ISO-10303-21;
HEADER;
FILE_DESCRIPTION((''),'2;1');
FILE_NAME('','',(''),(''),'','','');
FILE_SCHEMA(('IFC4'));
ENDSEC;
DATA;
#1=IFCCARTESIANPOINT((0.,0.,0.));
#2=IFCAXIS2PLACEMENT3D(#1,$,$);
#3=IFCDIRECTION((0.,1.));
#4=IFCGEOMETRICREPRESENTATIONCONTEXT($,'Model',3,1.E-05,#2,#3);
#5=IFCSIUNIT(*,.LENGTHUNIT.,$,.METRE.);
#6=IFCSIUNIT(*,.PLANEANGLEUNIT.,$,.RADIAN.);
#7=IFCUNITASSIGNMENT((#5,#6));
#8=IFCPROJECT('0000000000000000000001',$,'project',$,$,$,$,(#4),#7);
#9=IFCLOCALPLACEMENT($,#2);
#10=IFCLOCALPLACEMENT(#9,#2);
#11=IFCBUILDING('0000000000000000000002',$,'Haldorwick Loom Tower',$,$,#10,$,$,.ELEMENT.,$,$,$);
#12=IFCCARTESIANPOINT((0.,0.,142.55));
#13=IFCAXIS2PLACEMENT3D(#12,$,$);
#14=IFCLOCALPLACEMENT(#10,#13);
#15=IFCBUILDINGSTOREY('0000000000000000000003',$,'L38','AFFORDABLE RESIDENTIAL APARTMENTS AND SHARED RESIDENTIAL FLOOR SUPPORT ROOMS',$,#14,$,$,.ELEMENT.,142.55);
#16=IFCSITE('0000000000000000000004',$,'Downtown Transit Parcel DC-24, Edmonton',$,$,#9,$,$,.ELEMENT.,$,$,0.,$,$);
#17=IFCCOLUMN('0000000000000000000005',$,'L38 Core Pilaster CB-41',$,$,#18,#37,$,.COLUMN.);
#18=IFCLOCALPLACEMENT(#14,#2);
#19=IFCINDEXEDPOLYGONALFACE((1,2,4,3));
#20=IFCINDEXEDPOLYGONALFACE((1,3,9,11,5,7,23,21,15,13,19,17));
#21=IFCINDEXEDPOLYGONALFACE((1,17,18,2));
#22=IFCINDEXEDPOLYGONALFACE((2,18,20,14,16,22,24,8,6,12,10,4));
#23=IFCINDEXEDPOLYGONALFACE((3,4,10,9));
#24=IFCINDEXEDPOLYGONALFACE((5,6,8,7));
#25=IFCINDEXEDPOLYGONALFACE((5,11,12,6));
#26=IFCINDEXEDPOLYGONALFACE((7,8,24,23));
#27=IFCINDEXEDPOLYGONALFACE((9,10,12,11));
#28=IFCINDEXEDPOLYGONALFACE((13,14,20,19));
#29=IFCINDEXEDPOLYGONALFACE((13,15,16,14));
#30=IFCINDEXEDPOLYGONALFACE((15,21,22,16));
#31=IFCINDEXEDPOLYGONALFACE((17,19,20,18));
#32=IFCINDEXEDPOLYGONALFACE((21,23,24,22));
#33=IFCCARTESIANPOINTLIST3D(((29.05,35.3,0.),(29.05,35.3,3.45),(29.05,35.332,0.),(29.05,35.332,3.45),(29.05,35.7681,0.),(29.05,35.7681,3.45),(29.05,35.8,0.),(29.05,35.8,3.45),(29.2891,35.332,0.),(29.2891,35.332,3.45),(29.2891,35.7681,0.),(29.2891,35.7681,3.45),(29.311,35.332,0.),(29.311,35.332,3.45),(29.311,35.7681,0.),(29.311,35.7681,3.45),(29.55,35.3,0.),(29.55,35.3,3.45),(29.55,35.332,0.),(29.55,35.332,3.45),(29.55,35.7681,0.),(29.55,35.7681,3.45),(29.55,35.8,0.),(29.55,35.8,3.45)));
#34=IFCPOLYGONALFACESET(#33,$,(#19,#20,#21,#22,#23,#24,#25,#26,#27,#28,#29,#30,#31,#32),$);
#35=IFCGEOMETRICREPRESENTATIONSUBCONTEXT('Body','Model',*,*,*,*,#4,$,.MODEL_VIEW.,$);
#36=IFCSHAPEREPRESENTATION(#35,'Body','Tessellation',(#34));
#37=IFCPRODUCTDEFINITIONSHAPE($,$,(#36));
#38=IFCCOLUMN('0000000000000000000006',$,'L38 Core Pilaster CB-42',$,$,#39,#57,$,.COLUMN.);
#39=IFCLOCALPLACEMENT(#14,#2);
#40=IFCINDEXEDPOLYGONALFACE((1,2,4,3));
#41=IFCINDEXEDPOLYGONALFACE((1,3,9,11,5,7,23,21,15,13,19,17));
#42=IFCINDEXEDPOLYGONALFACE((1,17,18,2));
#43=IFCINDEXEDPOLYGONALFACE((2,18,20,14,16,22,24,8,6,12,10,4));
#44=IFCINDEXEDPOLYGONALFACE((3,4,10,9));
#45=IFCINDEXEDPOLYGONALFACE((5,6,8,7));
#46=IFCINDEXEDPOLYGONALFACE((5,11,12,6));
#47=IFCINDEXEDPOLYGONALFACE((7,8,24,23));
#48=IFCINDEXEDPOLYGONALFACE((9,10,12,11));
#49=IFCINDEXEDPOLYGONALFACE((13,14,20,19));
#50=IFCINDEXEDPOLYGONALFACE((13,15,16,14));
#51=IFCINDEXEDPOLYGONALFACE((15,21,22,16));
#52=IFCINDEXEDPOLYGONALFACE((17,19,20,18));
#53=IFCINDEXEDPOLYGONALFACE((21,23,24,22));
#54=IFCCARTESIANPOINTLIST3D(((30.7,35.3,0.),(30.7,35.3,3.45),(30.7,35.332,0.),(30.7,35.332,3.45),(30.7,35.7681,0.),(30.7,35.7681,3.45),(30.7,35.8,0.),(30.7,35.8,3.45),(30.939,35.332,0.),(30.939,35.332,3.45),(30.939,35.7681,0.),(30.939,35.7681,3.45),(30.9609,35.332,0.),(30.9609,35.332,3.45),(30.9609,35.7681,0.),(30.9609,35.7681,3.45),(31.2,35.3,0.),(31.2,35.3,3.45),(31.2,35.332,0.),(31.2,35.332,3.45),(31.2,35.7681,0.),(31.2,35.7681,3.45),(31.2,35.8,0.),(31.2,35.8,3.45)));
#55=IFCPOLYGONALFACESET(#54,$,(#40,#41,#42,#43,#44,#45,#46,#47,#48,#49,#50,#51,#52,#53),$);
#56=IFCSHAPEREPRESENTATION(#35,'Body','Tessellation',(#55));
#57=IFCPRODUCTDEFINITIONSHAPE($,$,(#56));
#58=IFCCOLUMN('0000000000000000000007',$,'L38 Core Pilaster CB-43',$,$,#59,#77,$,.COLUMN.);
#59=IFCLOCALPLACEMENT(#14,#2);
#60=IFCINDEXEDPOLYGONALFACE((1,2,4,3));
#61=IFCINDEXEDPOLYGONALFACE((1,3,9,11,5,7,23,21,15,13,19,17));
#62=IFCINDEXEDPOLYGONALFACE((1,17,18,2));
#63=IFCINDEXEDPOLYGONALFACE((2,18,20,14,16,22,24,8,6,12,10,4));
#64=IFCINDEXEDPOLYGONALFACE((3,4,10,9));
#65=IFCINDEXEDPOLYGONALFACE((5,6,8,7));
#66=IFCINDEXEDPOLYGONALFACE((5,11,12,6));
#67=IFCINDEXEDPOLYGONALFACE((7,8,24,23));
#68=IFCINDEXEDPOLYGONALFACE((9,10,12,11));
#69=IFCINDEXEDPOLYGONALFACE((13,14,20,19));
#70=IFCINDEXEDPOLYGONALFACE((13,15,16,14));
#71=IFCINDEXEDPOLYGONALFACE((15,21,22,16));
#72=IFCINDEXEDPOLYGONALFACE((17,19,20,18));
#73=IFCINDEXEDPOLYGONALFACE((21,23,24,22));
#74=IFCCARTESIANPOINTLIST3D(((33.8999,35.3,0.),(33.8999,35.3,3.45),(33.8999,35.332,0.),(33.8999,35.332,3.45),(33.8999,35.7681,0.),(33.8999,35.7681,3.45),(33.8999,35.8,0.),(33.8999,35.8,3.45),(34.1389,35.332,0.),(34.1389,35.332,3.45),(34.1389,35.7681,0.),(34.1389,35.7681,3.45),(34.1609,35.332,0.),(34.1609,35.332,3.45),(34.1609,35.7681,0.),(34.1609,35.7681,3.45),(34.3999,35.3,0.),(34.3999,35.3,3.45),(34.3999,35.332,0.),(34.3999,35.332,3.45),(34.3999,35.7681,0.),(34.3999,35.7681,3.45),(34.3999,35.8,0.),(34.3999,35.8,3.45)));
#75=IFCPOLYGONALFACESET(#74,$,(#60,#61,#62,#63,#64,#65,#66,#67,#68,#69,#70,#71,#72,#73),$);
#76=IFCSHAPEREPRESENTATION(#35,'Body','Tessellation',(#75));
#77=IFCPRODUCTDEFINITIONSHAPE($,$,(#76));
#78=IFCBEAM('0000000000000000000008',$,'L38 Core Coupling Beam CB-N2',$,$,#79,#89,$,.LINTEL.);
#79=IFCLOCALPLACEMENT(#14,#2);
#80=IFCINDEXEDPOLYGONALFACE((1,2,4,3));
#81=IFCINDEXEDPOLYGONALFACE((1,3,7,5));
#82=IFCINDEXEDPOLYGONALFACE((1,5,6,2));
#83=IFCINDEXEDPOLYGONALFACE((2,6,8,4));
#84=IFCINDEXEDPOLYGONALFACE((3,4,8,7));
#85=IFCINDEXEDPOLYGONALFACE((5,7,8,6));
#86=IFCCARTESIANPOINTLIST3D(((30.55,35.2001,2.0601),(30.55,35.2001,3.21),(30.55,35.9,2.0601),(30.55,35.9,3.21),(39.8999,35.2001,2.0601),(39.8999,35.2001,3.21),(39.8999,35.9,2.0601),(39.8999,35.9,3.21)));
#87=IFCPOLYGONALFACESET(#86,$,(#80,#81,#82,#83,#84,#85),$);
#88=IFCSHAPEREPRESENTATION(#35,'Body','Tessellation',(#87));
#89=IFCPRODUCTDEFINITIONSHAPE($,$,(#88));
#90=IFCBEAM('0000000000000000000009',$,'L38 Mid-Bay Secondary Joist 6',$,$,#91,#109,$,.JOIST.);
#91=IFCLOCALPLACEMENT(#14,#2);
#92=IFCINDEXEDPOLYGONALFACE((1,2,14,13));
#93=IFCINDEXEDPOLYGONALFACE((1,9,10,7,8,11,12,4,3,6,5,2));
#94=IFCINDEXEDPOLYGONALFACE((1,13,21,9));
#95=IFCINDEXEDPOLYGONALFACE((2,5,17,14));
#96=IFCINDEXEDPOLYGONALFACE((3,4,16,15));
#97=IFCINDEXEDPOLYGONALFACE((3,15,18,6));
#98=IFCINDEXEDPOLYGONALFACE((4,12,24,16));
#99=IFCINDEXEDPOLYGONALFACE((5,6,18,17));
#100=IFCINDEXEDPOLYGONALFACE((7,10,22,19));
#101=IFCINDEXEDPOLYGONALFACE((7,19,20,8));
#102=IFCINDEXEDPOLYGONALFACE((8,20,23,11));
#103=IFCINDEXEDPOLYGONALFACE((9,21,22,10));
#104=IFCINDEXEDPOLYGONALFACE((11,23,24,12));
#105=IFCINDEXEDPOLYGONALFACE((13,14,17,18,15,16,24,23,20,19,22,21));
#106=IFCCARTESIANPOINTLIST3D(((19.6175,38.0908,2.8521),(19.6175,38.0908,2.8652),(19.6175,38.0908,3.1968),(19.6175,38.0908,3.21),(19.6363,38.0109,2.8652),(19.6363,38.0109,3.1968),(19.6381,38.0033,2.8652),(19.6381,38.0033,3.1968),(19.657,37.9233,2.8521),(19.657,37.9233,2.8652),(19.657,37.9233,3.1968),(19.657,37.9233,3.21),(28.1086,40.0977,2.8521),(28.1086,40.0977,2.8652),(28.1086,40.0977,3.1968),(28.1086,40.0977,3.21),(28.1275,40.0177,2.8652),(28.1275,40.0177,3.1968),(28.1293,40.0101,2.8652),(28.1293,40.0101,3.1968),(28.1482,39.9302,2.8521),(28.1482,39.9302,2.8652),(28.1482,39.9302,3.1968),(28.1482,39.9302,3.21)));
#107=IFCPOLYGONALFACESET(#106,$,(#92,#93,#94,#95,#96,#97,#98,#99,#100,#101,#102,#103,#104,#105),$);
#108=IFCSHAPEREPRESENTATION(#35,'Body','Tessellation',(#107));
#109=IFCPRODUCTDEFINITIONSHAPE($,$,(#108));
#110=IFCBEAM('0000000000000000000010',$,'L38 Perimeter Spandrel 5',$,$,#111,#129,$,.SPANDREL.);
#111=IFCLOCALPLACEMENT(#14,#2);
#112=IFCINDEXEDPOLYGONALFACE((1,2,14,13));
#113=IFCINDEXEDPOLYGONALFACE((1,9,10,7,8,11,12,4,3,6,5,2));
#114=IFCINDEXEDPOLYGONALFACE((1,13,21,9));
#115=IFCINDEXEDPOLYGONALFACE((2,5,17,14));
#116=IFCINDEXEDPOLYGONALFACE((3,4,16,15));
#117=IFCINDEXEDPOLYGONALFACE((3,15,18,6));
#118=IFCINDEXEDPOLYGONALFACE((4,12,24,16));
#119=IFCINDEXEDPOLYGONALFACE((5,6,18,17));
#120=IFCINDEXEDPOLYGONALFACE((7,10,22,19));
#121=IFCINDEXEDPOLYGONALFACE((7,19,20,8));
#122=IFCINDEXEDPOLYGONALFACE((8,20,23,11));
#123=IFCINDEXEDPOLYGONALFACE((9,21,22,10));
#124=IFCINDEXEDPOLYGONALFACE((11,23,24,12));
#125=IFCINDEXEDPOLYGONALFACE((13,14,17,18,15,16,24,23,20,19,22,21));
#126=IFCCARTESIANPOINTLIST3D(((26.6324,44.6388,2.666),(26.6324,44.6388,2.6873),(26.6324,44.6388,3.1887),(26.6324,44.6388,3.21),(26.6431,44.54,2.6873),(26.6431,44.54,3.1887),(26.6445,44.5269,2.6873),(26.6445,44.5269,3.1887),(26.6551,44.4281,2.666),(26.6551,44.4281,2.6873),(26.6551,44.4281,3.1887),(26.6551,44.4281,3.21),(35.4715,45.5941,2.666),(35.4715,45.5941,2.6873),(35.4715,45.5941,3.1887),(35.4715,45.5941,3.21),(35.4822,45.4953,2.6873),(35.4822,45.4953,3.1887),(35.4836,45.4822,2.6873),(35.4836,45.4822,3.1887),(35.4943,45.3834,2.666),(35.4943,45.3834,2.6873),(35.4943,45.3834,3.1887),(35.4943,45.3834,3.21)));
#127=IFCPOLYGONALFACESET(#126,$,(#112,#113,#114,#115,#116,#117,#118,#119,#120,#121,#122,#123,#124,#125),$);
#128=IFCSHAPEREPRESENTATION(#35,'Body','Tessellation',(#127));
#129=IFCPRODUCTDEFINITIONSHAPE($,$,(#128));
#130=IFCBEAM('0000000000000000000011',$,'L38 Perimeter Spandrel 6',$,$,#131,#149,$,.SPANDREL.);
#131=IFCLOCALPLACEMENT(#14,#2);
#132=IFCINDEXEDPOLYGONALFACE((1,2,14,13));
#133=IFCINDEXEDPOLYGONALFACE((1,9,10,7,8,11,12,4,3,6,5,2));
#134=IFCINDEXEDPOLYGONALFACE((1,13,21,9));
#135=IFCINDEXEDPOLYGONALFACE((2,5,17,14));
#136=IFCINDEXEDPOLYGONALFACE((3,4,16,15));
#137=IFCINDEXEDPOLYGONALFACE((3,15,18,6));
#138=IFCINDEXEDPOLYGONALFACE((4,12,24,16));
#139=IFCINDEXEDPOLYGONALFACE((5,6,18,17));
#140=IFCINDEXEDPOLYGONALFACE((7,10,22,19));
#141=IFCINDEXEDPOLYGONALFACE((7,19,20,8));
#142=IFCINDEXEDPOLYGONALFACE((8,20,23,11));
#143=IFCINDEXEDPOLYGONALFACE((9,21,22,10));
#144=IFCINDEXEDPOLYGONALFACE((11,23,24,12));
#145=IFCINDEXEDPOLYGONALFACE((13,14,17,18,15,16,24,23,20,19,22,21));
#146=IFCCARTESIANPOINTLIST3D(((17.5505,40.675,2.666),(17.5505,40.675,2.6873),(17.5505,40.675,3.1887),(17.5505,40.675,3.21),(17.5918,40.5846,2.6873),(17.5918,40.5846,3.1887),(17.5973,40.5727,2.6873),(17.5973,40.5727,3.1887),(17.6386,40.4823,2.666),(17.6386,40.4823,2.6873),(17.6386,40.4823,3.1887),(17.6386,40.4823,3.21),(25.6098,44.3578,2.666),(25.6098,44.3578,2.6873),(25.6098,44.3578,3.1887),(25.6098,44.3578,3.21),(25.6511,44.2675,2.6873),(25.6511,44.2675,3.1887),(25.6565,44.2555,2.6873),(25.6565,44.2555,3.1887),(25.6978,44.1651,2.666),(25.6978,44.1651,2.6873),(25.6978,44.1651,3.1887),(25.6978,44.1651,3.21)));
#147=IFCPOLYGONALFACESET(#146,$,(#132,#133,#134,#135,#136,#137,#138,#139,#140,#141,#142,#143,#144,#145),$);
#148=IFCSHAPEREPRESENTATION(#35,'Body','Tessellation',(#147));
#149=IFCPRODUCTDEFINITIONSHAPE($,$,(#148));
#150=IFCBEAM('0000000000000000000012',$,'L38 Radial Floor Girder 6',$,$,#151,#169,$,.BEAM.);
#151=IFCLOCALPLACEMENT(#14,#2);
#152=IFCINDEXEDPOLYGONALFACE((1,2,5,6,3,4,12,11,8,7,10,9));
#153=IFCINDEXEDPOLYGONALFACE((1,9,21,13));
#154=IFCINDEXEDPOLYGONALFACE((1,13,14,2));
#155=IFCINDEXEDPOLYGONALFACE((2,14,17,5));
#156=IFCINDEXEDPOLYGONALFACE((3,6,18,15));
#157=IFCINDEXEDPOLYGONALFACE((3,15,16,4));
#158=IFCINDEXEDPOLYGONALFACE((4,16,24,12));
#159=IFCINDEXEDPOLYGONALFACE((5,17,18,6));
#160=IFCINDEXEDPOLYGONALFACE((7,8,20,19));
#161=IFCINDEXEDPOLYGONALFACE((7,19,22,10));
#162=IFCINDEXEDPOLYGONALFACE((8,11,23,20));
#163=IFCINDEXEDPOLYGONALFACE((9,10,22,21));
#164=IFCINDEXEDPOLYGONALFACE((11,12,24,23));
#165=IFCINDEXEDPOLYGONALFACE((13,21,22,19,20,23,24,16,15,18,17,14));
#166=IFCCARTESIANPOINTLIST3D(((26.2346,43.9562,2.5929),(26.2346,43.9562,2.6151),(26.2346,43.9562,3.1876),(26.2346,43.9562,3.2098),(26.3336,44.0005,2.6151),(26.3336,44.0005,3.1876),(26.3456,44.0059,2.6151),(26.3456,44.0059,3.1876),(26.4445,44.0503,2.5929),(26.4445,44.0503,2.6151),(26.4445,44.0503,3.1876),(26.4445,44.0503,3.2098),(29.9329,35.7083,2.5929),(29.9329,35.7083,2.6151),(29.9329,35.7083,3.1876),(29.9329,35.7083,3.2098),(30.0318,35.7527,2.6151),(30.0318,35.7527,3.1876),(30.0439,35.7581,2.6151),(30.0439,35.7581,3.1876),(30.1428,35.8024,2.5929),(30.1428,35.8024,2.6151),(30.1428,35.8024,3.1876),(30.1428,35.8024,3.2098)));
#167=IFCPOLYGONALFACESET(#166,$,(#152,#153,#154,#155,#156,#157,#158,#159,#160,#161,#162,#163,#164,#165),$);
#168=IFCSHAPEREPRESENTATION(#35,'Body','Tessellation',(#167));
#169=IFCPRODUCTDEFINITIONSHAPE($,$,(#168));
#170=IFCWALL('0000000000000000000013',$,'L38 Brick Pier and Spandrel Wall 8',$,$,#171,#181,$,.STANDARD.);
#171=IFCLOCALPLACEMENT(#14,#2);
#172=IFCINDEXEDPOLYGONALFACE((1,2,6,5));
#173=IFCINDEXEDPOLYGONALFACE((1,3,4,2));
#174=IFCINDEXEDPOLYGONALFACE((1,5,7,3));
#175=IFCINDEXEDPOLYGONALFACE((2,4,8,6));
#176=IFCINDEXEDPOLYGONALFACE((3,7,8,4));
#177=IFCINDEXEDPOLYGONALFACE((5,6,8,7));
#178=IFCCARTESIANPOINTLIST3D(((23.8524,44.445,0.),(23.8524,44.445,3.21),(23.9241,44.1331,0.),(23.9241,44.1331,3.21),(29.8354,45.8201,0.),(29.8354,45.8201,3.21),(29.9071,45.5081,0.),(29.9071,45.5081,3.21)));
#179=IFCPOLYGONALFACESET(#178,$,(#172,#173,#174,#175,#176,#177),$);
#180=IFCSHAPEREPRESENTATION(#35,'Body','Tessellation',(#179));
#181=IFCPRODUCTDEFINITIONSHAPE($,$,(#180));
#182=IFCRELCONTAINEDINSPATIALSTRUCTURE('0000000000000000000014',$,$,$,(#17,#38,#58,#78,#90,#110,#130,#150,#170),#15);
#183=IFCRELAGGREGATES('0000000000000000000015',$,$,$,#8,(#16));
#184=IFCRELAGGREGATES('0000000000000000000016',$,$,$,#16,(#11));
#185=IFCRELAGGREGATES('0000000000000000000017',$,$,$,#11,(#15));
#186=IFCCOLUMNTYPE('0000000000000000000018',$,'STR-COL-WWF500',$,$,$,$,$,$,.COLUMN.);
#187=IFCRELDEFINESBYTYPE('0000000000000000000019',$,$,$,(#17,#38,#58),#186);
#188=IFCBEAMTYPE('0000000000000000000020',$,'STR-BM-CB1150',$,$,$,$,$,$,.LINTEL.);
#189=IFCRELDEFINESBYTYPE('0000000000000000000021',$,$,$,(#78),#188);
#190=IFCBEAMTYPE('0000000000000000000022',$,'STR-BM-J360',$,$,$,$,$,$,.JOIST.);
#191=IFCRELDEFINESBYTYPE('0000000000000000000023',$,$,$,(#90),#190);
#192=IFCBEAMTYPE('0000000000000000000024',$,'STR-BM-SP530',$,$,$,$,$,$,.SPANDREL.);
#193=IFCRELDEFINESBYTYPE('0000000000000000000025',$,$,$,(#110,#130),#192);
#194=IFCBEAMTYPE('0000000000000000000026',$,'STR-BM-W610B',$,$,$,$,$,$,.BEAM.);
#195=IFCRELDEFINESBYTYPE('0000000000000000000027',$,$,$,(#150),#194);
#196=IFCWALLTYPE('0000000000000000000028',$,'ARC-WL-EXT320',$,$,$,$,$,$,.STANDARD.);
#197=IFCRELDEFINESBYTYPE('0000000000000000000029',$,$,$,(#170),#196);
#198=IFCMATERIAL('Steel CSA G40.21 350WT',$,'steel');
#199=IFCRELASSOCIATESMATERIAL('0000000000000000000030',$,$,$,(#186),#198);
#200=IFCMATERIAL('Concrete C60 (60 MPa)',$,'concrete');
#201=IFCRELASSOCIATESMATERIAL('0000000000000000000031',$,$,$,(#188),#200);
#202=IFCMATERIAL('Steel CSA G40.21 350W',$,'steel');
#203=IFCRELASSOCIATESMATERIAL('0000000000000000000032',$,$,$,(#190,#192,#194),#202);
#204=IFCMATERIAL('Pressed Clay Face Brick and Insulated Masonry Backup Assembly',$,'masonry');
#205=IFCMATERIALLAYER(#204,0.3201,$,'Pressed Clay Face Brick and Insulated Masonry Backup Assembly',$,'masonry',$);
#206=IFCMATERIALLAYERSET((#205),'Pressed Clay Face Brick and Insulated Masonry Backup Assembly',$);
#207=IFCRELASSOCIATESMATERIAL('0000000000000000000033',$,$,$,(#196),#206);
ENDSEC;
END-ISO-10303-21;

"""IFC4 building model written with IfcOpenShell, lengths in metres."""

from ifc_helpers import new_model, si_unit, direction, frame, frame_2d, origin, origin_2d, place, context, subcontext, project, spatial, rectangle, i_section, extrude, material, layer, layer_set, material_profile, profile_set, type_object, element, save


model = new_model("IFC4")

# Units and contexts
model_context = context("Model", 3, precision=1e-05, world=origin(), true_north=direction((0.0, 1.0)))
body_context = subcontext(model_context, "Body", "Model", "MODEL_VIEW")
ifc_project = project(units=[si_unit("LENGTHUNIT", "METRE"), si_unit("PLANEANGLEUNIT", "RADIAN")], contexts=[model_context])

# Site, building, storey
site_placement = place(None, origin())
site = spatial("IfcSite", under=ifc_project, at=site_placement, Name="Downtown Transit Parcel DC-24, Edmonton", CompositionType="ELEMENT", RefElevation=0.0)
building_placement = place(site_placement, origin())
building = spatial("IfcBuilding", under=site, at=building_placement, Name="Haldorwick Loom Tower", CompositionType="ELEMENT")
storey_placement = place(building_placement, frame((0.0, 0.0, 142.55)))
storey = spatial("IfcBuildingStorey", under=building, at=storey_placement, Name="L38", Description="AFFORDABLE RESIDENTIAL APARTMENTS AND SHARED RESIDENTIAL FLOOR SUPPORT ROOMS", CompositionType="ELEMENT", Elevation=142.55)

# Columns
ifc_material_1 = material(Name="Concrete C60 (60 MPa)", Category="concrete")
ifc_material_2 = material(Name="Steel CSA G40.21 350WT", Category="steel")
ifc_material_profile_1 = material_profile(ifc_material_2, i_section(OverallWidth=0.5, OverallDepth=0.5, WebThickness=0.022, FlangeThickness=0.032, at=origin_2d()), Name="WWF500X500", Category="steel")
ifc_profile_set_1 = profile_set([ifc_material_profile_1], Name="Steel CSA G40.21 350WT")
column_type_1 = type_object("IfcColumnType", Name="STR-COL-WWF500", PredefinedType="COLUMN", material=ifc_profile_set_1)
for number, where, z_axis, x_axis, name in (
    (1, (29.3, 35.55, 0.0), (0.0, 0.0, 1.0), (1.0, 0.0, 0.0), "L38 Core Pilaster CB-41"),
    (2, (30.95, 35.55, 0.0), (0.0, 0.0, 1.0), (1.0, 0.0, 0.0), "L38 Core Pilaster CB-42"),
    (3, (34.1499, 35.55, 0.0), (0.0, 0.0, 1.0), (1.0, 0.0, 0.0), "L38 Core Pilaster CB-43"),
):
    element("IfcColumn", number, at=place(storey_placement, frame(where, z_axis=z_axis, x_axis=x_axis)), inside=storey, type_object=column_type_1, Name=name, PredefinedType="COLUMN", context=body_context, shape_type="SweptSolid", body=[
        extrude(i_section(OverallWidth=0.5, OverallDepth=0.5, WebThickness=0.022, FlangeThickness=0.032, at=origin_2d()), origin(), (0.0, 0.0, 1.0), 3.45),
    ])

# Beams
ifc_material_profile_2 = material_profile(ifc_material_1, rectangle(XDim=0.7, YDim=1.1499, at=origin_2d()), Name="RC700X1150", Category="concrete")
ifc_profile_set_2 = profile_set([ifc_material_profile_2], Name="Concrete C60 (60 MPa)")
beam_type_1 = type_object("IfcBeamType", Name="STR-BM-CB1150", PredefinedType="LINTEL", material=ifc_profile_set_2)
beam_1_placement = place(storey_placement, frame((30.55, 35.55, 2.635), z_axis=(1.0, 0.0, 0.0), x_axis=(0.0, 1.0, 0.0)))
element("IfcBeam", 4, at=beam_1_placement, inside=storey, type_object=beam_type_1, Name="L38 Core Coupling Beam CB-N2", PredefinedType="LINTEL", context=body_context, shape_type="SweptSolid", body=[
    extrude(rectangle(XDim=0.7, YDim=1.1499, at=origin_2d()), origin(), (0.0, 0.0, 1.0), 9.3499),
])
ifc_material_3 = material(Name="Steel CSA G40.21 350W", Category="steel")
ifc_material_profile_3 = material_profile(ifc_material_3, i_section(OverallWidth=0.1721, OverallDepth=0.3579, WebThickness=0.0078, FlangeThickness=0.0132, at=origin_2d()), Name="W360X57", Category="steel")
ifc_profile_set_3 = profile_set([ifc_material_profile_3], Name="Steel CSA G40.21 350W")
beam_type_2 = type_object("IfcBeamType", Name="STR-BM-J360", PredefinedType="JOIST", material=ifc_profile_set_3)
beam_2_placement = place(storey_placement, frame((28.1284, 40.0139, 3.031), z_axis=(-0.973189, -0.230006, 0.0), x_axis=(0.230006, -0.973189, 0.0)))
element("IfcBeam", 5, at=beam_2_placement, inside=storey, type_object=beam_type_2, Name="L38 Mid-Bay Secondary Joist 6", PredefinedType="JOIST", context=body_context, shape_type="SweptSolid", body=[
    extrude(i_section(OverallWidth=0.1721, OverallDepth=0.3579, WebThickness=0.0078, FlangeThickness=0.0132, at=origin_2d()), origin(), (0.0, 0.0, 1.0), 8.7251),
])
ifc_material_profile_4 = material_profile(ifc_material_3, i_section(OverallWidth=0.2119, OverallDepth=0.5439, WebThickness=0.0132, FlangeThickness=0.0212, at=origin_2d()), Name="W530X123", Category="steel")
ifc_profile_set_4 = profile_set([ifc_material_profile_4], Name="Steel CSA G40.21 350W")
beam_type_3 = type_object("IfcBeamType", Name="STR-BM-SP530", PredefinedType="SPANDREL", material=ifc_profile_set_4)
beam_3_placement = place(storey_placement, frame((35.4829, 45.4888, 2.938), z_axis=(-0.99421, -0.107453, 0.0), x_axis=(0.107453, -0.99421, 0.0)))
element("IfcBeam", 6, at=beam_3_placement, inside=storey, type_object=beam_type_3, Name="L38 Perimeter Spandrel 5", PredefinedType="SPANDREL", context=body_context, shape_type="SweptSolid", body=[
    extrude(i_section(OverallWidth=0.2119, OverallDepth=0.5439, WebThickness=0.0132, FlangeThickness=0.0212, at=origin_2d()), origin(), (0.0, 0.0, 1.0), 8.8906),
])
beam_4_placement = place(storey_placement, frame((25.6538, 44.2615, 2.938), z_axis=(-0.909534, -0.415629, 0.0), x_axis=(0.415629, -0.909534, 0.0)))
element("IfcBeam", 7, at=beam_4_placement, inside=storey, type_object=beam_type_3, Name="L38 Perimeter Spandrel 6", PredefinedType="SPANDREL", context=body_context, shape_type="SweptSolid", body=[
    extrude(i_section(OverallWidth=0.2119, OverallDepth=0.5439, WebThickness=0.0132, FlangeThickness=0.0212, at=origin_2d()), origin(), (0.0, 0.0, 1.0), 8.8608),
])
ifc_material_profile_5 = material_profile(ifc_material_3, i_section(OverallWidth=0.23, OverallDepth=0.6169, WebThickness=0.0132, FlangeThickness=0.0222, at=origin_2d()), Name="W610X140", Category="steel")
ifc_profile_set_5 = profile_set([ifc_material_profile_5], Name="Steel CSA G40.21 350W")
beam_type_4 = type_object("IfcBeamType", Name="STR-BM-W610B", PredefinedType="BEAM", material=ifc_profile_set_5)
beam_5_placement = place(storey_placement, frame((30.0378, 35.7554, 2.9014), z_axis=(-0.409144, 0.91247, 0.0), x_axis=(-0.91247, -0.409144, 0.0)))
element("IfcBeam", 8, at=beam_5_placement, inside=storey, type_object=beam_type_4, Name="L38 Radial Floor Girder 6", PredefinedType="BEAM", context=body_context, shape_type="SweptSolid", body=[
    extrude(i_section(OverallWidth=0.23, OverallDepth=0.6169, WebThickness=0.0132, FlangeThickness=0.0222, at=origin_2d()), origin(), (0.0, 0.0, 1.0), 9.0391),
])

# Wall
ifc_material_4 = material(Name="Pressed Clay Face Brick and Insulated Masonry Backup Assembly", Category="masonry")
ifc_layer_1 = layer(ifc_material_4, 0.3201, Name="Pressed Clay Face Brick and Insulated Masonry Backup Assembly", Category="masonry")
ifc_layer_set_1 = layer_set([ifc_layer_1], Name="Pressed Clay Face Brick and Insulated Masonry Backup Assembly")
wall_type_1 = type_object("IfcWallType", Name="ARC-WL-EXT320", PredefinedType="STANDARD", material=ifc_layer_set_1)
wall_1_placement = place(storey_placement, frame((29.8711, 45.6641, 0.0), z_axis=(0.0, 0.0, 1.0), x_axis=(-0.974593, -0.223982, 0.0)))
element("IfcWall", 9, at=wall_1_placement, inside=storey, type_object=wall_type_1, Name="L38 Brick Pier and Spandrel Wall 8", PredefinedType="STANDARD", context=body_context, shape_type="SweptSolid", body=[
    extrude(rectangle(XDim=6.1389, YDim=0.3201, at=frame_2d((3.0693, 0.0))), origin(), (0.0, 0.0, 1.0), 3.21),
])

save(model, "model.ifc")
